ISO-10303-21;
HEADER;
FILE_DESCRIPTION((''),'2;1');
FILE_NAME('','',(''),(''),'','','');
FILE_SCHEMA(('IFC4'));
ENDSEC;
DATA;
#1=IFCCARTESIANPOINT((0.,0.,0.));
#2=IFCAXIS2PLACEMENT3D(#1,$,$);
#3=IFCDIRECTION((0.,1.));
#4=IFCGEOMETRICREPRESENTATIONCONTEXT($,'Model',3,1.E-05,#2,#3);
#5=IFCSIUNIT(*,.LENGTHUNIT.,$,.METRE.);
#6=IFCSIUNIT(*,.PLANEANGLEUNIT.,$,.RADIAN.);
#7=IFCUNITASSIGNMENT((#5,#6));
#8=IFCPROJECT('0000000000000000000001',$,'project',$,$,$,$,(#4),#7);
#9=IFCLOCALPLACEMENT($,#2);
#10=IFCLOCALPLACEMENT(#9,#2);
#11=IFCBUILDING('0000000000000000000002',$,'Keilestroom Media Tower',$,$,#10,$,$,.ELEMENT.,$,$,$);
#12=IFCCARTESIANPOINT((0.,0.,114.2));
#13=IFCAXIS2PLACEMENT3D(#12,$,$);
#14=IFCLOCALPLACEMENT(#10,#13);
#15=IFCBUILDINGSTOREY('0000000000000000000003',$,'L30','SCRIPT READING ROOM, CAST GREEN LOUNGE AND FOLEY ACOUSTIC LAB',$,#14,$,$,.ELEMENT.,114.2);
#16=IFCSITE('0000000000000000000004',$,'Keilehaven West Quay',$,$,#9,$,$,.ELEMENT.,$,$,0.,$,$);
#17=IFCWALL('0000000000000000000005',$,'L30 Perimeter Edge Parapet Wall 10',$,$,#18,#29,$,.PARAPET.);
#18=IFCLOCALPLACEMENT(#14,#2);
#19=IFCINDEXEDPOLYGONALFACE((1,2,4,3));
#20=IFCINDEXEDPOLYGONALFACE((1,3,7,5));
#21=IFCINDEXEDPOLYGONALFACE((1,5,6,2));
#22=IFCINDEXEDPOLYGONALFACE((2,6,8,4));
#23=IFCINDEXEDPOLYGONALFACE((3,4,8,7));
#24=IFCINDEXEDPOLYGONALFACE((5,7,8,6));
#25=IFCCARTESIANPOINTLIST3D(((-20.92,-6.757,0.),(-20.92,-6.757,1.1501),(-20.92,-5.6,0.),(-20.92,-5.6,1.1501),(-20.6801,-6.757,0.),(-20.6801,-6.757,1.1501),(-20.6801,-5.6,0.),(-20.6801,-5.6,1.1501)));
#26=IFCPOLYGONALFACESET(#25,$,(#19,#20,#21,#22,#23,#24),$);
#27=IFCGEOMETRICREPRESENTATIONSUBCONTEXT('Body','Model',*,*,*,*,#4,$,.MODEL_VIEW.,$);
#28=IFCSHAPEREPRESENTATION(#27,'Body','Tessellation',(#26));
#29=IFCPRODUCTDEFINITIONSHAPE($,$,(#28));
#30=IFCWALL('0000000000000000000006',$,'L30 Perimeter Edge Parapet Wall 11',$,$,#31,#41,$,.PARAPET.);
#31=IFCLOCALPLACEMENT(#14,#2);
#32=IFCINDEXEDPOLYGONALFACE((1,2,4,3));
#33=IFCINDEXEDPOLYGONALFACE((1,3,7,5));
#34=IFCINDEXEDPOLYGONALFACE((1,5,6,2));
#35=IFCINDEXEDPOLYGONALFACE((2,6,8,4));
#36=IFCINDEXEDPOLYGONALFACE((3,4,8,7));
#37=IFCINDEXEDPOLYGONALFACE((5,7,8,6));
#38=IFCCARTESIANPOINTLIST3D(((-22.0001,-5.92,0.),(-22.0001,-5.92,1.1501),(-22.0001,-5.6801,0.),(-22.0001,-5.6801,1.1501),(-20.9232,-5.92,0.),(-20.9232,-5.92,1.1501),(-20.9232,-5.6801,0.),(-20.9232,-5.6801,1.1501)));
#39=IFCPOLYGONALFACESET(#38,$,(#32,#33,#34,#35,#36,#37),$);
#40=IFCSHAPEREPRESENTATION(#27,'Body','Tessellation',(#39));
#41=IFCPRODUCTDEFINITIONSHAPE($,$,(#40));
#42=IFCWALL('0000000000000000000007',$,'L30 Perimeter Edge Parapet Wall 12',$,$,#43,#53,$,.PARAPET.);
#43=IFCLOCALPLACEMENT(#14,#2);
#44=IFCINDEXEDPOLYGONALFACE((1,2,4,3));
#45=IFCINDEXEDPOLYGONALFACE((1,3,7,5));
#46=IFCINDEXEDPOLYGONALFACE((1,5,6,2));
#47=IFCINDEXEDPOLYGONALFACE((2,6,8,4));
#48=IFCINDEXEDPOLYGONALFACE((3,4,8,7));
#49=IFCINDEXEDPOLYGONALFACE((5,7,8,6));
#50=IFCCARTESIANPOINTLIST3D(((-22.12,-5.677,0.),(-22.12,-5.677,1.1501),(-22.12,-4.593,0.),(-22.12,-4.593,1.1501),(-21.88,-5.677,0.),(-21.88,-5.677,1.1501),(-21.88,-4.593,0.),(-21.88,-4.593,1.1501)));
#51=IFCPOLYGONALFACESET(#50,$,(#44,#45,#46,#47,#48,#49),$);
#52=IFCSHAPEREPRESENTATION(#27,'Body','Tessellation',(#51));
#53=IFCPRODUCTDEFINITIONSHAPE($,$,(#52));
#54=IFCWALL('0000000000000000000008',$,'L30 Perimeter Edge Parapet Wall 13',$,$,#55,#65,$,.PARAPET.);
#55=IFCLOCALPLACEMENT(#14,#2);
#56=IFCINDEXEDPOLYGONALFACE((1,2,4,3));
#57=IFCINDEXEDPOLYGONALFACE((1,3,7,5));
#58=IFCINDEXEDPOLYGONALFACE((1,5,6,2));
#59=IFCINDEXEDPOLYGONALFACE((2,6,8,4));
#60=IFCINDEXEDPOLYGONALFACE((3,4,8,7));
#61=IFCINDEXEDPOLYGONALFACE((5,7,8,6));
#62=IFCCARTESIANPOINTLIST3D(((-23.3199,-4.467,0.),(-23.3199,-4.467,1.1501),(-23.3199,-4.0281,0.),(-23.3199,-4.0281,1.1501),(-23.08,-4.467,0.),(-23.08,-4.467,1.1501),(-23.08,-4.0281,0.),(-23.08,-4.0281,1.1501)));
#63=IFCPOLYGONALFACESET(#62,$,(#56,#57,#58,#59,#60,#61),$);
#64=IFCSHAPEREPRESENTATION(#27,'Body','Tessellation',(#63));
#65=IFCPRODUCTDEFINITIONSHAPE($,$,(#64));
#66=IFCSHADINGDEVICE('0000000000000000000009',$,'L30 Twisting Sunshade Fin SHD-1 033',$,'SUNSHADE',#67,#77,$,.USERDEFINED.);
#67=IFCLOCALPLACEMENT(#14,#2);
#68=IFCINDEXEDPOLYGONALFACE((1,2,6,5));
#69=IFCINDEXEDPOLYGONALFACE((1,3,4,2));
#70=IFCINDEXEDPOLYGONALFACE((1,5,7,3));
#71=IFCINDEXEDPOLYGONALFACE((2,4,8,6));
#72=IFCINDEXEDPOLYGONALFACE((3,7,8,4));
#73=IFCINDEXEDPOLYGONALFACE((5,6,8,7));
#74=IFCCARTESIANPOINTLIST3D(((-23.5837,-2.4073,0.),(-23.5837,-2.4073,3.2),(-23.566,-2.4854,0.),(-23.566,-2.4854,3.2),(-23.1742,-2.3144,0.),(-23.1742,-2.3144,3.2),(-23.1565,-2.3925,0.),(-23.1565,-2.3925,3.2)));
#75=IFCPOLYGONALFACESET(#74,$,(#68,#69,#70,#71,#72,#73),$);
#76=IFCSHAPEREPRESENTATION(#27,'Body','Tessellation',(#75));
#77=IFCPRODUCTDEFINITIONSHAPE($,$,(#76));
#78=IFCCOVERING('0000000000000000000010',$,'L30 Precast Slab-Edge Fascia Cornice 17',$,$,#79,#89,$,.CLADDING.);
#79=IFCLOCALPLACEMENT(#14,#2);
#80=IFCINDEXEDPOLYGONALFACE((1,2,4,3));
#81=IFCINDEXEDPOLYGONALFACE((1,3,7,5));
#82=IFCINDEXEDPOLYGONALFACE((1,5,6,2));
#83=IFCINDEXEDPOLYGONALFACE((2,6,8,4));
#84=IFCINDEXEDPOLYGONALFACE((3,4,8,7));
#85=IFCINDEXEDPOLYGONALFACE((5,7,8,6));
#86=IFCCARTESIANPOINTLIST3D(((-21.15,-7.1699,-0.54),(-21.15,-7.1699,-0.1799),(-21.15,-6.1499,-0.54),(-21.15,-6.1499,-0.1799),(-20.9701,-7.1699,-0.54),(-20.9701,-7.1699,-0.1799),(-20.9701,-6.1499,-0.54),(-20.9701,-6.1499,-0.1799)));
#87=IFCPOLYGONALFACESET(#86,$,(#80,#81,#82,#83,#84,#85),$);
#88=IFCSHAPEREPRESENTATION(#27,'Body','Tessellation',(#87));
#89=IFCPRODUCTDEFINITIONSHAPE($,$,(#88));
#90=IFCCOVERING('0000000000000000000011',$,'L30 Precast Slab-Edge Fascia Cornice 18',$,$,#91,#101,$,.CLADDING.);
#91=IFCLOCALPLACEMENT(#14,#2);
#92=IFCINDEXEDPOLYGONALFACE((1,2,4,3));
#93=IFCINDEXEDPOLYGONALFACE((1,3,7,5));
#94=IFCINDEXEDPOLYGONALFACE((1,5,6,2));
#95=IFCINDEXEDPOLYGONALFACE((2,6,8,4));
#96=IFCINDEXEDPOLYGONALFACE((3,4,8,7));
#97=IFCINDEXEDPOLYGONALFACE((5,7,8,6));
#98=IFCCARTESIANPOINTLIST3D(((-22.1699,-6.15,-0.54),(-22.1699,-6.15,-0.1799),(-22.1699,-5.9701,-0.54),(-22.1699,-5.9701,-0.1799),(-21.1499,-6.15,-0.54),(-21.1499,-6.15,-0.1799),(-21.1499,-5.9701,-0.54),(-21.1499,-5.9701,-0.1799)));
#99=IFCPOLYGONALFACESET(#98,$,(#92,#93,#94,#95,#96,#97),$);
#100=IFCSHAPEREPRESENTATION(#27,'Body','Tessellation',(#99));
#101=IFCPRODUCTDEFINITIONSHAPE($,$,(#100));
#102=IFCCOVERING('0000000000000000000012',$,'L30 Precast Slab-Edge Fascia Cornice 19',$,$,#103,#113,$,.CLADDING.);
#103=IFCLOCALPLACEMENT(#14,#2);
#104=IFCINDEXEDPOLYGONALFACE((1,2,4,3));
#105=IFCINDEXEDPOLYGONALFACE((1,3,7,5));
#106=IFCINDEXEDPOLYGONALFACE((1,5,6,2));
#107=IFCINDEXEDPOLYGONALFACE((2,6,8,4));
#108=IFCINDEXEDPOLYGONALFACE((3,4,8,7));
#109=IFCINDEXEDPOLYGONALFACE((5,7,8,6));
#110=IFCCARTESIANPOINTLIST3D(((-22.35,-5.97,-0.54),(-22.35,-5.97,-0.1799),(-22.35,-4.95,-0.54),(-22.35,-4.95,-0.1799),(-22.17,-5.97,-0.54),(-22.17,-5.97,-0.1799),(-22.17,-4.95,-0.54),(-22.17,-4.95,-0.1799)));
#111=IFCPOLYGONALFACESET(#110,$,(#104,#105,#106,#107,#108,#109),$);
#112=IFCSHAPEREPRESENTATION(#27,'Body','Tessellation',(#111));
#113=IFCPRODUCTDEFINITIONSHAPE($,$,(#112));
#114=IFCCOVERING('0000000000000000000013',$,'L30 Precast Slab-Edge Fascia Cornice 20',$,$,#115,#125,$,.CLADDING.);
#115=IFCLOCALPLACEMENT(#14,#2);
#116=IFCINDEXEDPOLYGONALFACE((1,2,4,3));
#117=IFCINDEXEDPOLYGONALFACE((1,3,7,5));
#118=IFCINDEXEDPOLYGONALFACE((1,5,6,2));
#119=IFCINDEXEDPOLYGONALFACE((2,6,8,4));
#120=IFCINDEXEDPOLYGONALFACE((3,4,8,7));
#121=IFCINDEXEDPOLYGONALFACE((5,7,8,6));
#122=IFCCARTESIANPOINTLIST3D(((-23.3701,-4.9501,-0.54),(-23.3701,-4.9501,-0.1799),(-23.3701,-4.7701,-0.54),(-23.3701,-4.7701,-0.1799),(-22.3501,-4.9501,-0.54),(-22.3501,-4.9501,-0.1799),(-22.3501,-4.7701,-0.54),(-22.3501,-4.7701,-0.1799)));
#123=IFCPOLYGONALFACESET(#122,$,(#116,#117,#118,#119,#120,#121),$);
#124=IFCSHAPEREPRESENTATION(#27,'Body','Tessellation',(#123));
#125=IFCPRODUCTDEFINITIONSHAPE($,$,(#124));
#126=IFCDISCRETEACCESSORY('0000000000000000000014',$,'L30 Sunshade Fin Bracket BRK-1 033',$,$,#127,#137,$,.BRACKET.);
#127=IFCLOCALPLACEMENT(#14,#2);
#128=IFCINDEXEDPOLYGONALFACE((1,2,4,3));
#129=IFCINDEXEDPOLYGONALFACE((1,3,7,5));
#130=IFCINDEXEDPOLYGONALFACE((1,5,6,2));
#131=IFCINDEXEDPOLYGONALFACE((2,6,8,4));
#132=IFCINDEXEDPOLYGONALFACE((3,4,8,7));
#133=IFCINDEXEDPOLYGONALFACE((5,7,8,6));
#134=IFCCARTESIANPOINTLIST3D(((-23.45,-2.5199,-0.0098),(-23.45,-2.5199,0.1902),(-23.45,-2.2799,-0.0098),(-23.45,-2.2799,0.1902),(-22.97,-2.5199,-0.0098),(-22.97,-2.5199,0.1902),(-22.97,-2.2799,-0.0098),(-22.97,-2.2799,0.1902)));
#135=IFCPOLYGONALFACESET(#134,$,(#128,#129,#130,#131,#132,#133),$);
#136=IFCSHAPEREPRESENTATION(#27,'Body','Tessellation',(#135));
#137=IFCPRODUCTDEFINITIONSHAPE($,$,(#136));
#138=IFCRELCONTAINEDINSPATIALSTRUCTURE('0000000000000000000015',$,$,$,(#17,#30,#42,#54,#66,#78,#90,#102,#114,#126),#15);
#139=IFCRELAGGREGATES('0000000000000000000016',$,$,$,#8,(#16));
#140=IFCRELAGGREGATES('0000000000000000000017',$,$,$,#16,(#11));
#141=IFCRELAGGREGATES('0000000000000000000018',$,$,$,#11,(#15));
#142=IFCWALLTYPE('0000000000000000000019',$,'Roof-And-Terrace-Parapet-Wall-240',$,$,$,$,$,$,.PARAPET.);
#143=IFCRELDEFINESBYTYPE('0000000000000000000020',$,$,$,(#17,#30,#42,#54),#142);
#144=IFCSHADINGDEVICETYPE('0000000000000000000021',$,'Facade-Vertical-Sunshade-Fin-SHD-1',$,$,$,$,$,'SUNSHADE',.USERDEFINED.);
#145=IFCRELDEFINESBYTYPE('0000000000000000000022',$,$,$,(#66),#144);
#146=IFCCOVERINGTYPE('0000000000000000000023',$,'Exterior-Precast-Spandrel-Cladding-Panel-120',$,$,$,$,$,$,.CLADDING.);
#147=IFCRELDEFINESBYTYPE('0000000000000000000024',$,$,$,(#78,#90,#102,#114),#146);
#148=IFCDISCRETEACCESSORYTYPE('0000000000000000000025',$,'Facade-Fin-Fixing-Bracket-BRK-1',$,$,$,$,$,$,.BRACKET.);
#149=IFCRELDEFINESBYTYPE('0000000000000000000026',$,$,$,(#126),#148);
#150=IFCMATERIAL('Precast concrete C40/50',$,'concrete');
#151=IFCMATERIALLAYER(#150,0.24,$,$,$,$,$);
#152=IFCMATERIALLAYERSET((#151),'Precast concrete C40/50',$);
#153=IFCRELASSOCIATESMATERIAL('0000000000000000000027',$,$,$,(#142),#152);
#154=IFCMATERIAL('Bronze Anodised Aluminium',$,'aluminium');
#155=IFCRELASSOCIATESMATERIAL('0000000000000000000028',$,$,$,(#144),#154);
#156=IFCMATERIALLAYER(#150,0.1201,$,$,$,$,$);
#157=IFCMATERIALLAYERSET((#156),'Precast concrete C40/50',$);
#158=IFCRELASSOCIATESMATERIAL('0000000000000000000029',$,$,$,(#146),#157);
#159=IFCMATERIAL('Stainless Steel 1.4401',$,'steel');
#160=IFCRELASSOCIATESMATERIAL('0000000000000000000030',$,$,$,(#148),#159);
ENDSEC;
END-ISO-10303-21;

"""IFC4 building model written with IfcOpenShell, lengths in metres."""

from ifc_helpers import new_model, si_unit, direction, frame, frame_2d, origin, origin_2d, place, context, subcontext, project, spatial, rectangle, extrude, source, transform, mapped, material, layer, layer_set, type_object, element, save


model = new_model("IFC4")

# Units and contexts
model_context = context("Model", 3, precision=1e-05, world=origin(), true_north=direction((0.0, 1.0)))
body_context = subcontext(model_context, "Body", "Model", "MODEL_VIEW")
ifc_project = project(units=[si_unit("LENGTHUNIT", "METRE"), si_unit("PLANEANGLEUNIT", "RADIAN")], contexts=[model_context])

# Site, building, storey
site_placement = place(None, origin())
site = spatial("IfcSite", under=ifc_project, at=site_placement, Name="Keilehaven West Quay", CompositionType="ELEMENT", RefElevation=0.0)
building_placement = place(site_placement, origin())
building = spatial("IfcBuilding", under=site, at=building_placement, Name="Keilestroom Media Tower", CompositionType="ELEMENT")
storey_placement = place(building_placement, frame((0.0, 0.0, 114.2)))
storey = spatial("IfcBuildingStorey", under=building, at=storey_placement, Name="L30", Description="SCRIPT READING ROOM, CAST GREEN LOUNGE AND FOLEY ACOUSTIC LAB", CompositionType="ELEMENT", Elevation=114.2)

# Shared definitions
ifc_material_1 = material(Name="Precast concrete C40/50", Category="concrete")

# Walls
ifc_layer_1 = layer(ifc_material_1, 0.24)
ifc_layer_set_1 = layer_set([ifc_layer_1], Name="Precast concrete C40/50")
wall_type_1 = type_object("IfcWallType", Name="Roof-And-Terrace-Parapet-Wall-240", PredefinedType="PARAPET", material=ifc_layer_set_1)
wall_1_placement = place(storey_placement, frame((-20.8, -6.7571, 0.0), z_axis=(0.0, 0.0, 1.0), x_axis=(0.0, 1.0, 0.0)))
element("IfcWall", 1, at=wall_1_placement, inside=storey, type_object=wall_type_1, Name="L30 Perimeter Edge Parapet Wall 10", PredefinedType="PARAPET", context=body_context, shape_type="SweptSolid", body=[
    extrude(rectangle(XDim=1.157, YDim=0.24, at=frame_2d((0.5786, 0.0))), origin(), (0.0, 0.0, 1.0), 1.1501),
])
wall_2_placement = place(storey_placement, frame((-20.9231, -5.8, 0.0), z_axis=(0.0, 0.0, 1.0), x_axis=(-1.0, 0.0, 0.0)))
element("IfcWall", 2, at=wall_2_placement, inside=storey, type_object=wall_type_1, Name="L30 Perimeter Edge Parapet Wall 11", PredefinedType="PARAPET", context=body_context, shape_type="SweptSolid", body=[
    extrude(rectangle(XDim=1.0769, YDim=0.24, at=frame_2d((0.5386, 0.0))), origin(), (0.0, 0.0, 1.0), 1.1501),
])
wall_3_placement = place(storey_placement, frame((-22.0, -5.677, 0.0), z_axis=(0.0, 0.0, 1.0), x_axis=(0.0, 1.0, 0.0)))
element("IfcWall", 3, at=wall_3_placement, inside=storey, type_object=wall_type_1, Name="L30 Perimeter Edge Parapet Wall 12", PredefinedType="PARAPET", context=body_context, shape_type="SweptSolid", body=[
    extrude(rectangle(XDim=1.084, YDim=0.24, at=frame_2d((0.542, 0.0))), origin(), (0.0, 0.0, 1.0), 1.1501),
])
wall_4_placement = place(storey_placement, frame((-23.2, -4.467, 0.0), z_axis=(0.0, 0.0, 1.0), x_axis=(0.0, 1.0, 0.0)))
element("IfcWall", 4, at=wall_4_placement, inside=storey, type_object=wall_type_1, Name="L30 Perimeter Edge Parapet Wall 13", PredefinedType="PARAPET", context=body_context, shape_type="SweptSolid", body=[
    extrude(rectangle(XDim=0.439, YDim=0.24, at=frame_2d((0.2195, 0.0))), origin(), (0.0, 0.0, 1.0), 1.1501),
])

# Shading device
ifc_material_2 = material(Name="Bronze Anodised Aluminium", Category="aluminium")
shading_device_type = type_object("IfcShadingDeviceType", Name="Facade-Vertical-Sunshade-Fin-SHD-1", ElementType="SUNSHADE", PredefinedType="USERDEFINED", material=ifc_material_2)
shared_shape_1 = source(origin(), body_context, "Body", "SweptSolid", [
    extrude(rectangle(XDim=0.4199, YDim=0.0801, at=origin_2d()), origin(), (0.0, 0.0, 1.0), 3.2),
])
shading_device_placement = place(storey_placement, frame((-23.3701, -2.3999, 0.0), z_axis=(0.0, 0.0, 1.0), x_axis=(0.975188, 0.221378, 0.0)))
element("IfcShadingDevice", 5, at=shading_device_placement, inside=storey, type_object=shading_device_type, Name="L30 Twisting Sunshade Fin SHD-1 033", ObjectType="SUNSHADE", PredefinedType="USERDEFINED", context=body_context, shape_type="MappedRepresentation", body=[
    mapped(shared_shape_1, transform((0.0, 0.0, 0.0), x_axis=(1.0, 0.0, 0.0), y_axis=(0.0, 1.0, 0.0), z_axis=(0.0, 0.0, 1.0), scale=1.0)),
])

# Coverings
ifc_layer_2 = layer(ifc_material_1, 0.1201)
ifc_layer_set_2 = layer_set([ifc_layer_2], Name="Precast concrete C40/50")
covering_type = type_object("IfcCoveringType", Name="Exterior-Precast-Spandrel-Cladding-Panel-120", PredefinedType="CLADDING", material=ifc_layer_set_2)
shared_shape_2 = source(origin(), body_context, "Body", "SweptSolid", [
    extrude(rectangle(XDim=1.02, YDim=0.1799, at=origin_2d()), origin(), (0.0, 0.0, 1.0), 0.3601),
])
for number, where, z_axis, x_axis, name in (
    (6, (-21.0601, -6.6599, -0.54), (0.0, 0.0, 1.0), (0.0, 1.0, 0.0), "L30 Precast Slab-Edge Fascia Cornice 17"),
    (7, (-21.6599, -6.0601, -0.54), (0.0, 0.0, 1.0), (-1.0, 0.0, 0.0), "L30 Precast Slab-Edge Fascia Cornice 18"),
    (8, (-22.26, -5.46, -0.54), (0.0, 0.0, 1.0), (0.0, 1.0, 0.0), "L30 Precast Slab-Edge Fascia Cornice 19"),
    (9, (-22.8601, -4.8601, -0.54), (0.0, 0.0, 1.0), (-1.0, 0.0, 0.0), "L30 Precast Slab-Edge Fascia Cornice 20"),
):
    element("IfcCovering", number, at=place(storey_placement, frame(where, z_axis=z_axis, x_axis=x_axis)), inside=storey, type_object=covering_type, Name=name, PredefinedType="CLADDING", context=body_context, shape_type="MappedRepresentation", body=[
        mapped(shared_shape_2, transform((0.0, 0.0, 0.0), x_axis=(1.0, 0.0, 0.0), y_axis=(0.0, 1.0, 0.0), z_axis=(0.0, 0.0, 1.0), scale=1.0)),
    ])

# Discrete accessory
ifc_material_3 = material(Name="Stainless Steel 1.4401", Category="steel")
discrete_accessory_type = type_object("IfcDiscreteAccessoryType", Name="Facade-Fin-Fixing-Bracket-BRK-1", PredefinedType="BRACKET", material=ifc_material_3)
shared_shape_3 = source(origin(), body_context, "Body", "SweptSolid", [
    extrude(rectangle(XDim=0.48, YDim=0.24, at=origin_2d()), origin(), (0.0, 0.0, 1.0), 0.2),
])
discrete_accessory_placement = place(storey_placement, frame((-23.21, -2.3999, -0.0098), z_axis=(0.0, 0.0, 1.0), x_axis=(1.0, 0.0, 0.0)))
element("IfcDiscreteAccessory", 10, at=discrete_accessory_placement, inside=storey, type_object=discrete_accessory_type, Name="L30 Sunshade Fin Bracket BRK-1 033", PredefinedType="BRACKET", context=body_context, shape_type="MappedRepresentation", body=[
    mapped(shared_shape_3, transform((0.0, 0.0, 0.0), x_axis=(1.0, 0.0, 0.0), y_axis=(0.0, 1.0, 0.0), z_axis=(0.0, 0.0, 1.0), scale=1.0)),
])

save(model, "model.ifc")
